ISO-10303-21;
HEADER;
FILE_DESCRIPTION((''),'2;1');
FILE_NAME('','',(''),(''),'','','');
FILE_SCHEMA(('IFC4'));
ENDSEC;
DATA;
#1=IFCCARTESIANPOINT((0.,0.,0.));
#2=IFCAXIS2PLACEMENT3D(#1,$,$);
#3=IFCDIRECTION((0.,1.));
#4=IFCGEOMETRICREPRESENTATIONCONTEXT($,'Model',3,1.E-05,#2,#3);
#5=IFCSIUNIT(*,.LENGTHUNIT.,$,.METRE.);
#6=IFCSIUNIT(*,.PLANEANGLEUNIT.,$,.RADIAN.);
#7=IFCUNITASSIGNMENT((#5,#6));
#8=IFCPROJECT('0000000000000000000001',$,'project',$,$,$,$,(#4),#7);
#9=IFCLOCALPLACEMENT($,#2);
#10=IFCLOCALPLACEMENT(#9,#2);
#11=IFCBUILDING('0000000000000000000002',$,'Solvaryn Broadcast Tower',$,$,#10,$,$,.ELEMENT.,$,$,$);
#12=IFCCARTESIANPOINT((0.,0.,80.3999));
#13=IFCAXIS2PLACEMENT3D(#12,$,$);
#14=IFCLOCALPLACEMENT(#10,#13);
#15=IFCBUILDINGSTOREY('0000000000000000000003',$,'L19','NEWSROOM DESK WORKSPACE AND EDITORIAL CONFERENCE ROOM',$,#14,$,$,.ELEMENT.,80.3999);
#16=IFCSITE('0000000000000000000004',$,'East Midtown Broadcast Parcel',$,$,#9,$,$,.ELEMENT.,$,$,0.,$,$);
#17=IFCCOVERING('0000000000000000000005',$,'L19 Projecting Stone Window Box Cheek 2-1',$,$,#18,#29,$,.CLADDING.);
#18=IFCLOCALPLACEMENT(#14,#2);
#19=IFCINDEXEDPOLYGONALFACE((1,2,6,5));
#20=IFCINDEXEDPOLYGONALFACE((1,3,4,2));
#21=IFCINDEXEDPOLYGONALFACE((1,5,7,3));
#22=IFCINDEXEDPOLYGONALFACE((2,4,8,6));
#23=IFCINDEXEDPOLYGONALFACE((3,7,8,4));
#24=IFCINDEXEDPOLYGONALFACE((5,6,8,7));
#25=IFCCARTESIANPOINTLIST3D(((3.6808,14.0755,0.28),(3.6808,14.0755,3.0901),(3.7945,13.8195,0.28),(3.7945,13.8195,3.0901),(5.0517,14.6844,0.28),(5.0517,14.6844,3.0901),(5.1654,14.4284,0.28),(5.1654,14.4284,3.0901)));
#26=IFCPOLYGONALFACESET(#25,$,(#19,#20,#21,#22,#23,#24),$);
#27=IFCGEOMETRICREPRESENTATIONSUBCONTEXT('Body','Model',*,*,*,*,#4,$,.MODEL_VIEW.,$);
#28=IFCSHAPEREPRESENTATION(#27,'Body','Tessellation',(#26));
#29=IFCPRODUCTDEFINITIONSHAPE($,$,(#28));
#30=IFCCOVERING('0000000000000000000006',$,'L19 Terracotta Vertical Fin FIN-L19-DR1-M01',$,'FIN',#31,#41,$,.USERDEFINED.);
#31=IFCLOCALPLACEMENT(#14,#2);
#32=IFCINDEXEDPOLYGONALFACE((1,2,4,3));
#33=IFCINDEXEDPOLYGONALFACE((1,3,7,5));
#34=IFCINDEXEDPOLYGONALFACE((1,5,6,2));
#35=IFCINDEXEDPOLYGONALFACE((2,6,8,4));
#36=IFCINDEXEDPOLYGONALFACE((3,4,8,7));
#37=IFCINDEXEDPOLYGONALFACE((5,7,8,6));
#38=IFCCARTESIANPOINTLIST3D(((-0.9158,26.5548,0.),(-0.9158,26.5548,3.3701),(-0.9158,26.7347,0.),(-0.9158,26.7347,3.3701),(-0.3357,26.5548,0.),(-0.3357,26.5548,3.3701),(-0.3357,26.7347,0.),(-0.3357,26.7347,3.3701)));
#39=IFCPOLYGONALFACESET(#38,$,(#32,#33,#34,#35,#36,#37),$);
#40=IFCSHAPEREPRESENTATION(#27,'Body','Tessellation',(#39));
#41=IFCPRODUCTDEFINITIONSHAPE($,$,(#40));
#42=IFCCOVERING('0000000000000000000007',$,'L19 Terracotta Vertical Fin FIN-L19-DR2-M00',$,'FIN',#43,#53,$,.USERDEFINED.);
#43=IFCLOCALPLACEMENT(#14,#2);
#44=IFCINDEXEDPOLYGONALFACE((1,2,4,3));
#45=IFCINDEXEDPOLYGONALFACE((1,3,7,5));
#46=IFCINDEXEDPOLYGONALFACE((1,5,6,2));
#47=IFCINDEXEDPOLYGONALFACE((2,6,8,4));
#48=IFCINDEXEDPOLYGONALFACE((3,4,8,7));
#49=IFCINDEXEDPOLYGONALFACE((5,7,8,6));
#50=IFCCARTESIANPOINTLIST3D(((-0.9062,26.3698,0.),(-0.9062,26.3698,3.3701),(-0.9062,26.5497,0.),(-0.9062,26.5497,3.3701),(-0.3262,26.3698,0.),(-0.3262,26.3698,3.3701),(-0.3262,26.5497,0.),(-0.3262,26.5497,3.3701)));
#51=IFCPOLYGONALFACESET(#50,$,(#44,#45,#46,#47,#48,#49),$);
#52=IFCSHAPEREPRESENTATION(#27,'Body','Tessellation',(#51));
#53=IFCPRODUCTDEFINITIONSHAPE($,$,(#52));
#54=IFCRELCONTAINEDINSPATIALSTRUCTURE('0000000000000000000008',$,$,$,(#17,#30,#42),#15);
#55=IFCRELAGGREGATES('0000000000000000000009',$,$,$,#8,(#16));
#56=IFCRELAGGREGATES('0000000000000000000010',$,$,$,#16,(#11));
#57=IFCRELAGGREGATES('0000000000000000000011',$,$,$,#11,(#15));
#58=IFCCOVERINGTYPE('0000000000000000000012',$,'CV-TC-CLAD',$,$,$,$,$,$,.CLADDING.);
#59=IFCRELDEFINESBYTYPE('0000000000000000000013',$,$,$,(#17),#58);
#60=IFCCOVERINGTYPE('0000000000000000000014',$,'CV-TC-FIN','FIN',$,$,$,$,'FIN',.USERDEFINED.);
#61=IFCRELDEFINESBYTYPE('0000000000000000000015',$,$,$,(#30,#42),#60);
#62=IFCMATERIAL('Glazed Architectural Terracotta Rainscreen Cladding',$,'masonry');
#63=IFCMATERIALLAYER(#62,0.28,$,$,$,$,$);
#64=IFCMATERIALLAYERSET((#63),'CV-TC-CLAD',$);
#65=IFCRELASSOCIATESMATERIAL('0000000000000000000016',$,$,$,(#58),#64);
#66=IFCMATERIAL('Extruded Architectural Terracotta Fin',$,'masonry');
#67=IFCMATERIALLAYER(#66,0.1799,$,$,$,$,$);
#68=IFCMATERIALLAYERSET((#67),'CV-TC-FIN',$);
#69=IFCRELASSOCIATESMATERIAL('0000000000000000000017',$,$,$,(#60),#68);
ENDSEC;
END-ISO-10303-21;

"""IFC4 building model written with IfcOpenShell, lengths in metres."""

from ifc_helpers import new_model, si_unit, direction, frame, origin, origin_2d, place, context, subcontext, project, spatial, rectangle, extrude, material, layer, layer_set, type_object, element, save


model = new_model("IFC4")

# Units and contexts
model_context = context("Model", 3, precision=1e-05, world=origin(), true_north=direction((0.0, 1.0)))
body_context = subcontext(model_context, "Body", "Model", "MODEL_VIEW")
ifc_project = project(units=[si_unit("LENGTHUNIT", "METRE"), si_unit("PLANEANGLEUNIT", "RADIAN")], contexts=[model_context])

# Site, building, storey
site_placement = place(None, origin())
site = spatial("IfcSite", under=ifc_project, at=site_placement, Name="East Midtown Broadcast Parcel", CompositionType="ELEMENT", RefElevation=0.0)
building_placement = place(site_placement, origin())
building = spatial("IfcBuilding", under=site, at=building_placement, Name="Solvaryn Broadcast Tower", CompositionType="ELEMENT")
storey_placement = place(building_placement, frame((0.0, 0.0, 80.3999)))
storey = spatial("IfcBuildingStorey", under=building, at=storey_placement, Name="L19", Description="NEWSROOM DESK WORKSPACE AND EDITORIAL CONFERENCE ROOM", CompositionType="ELEMENT", Elevation=80.3999)

# Coverings
ifc_material_1 = material(Name="Glazed Architectural Terracotta Rainscreen Cladding", Category="masonry")
ifc_layer_1 = layer(ifc_material_1, 0.28)
ifc_layer_set_1 = layer_set([ifc_layer_1], Name="CV-TC-CLAD")
covering_type_1 = type_object("IfcCoveringType", Name="CV-TC-CLAD", PredefinedType="CLADDING", material=ifc_layer_set_1)
covering_1_placement = place(storey_placement, frame((4.4231, 14.252, 0.28), z_axis=(0.0, 0.0, 1.0), x_axis=(0.405939, -0.9139, 0.0)))
element("IfcCovering", 1, at=covering_1_placement, inside=storey, type_object=covering_type_1, Name="L19 Projecting Stone Window Box Cheek 2-1", PredefinedType="CLADDING", context=body_context, shape_type="SweptSolid", body=[
    extrude(rectangle(XDim=0.28, YDim=1.5, at=origin_2d()), origin(), (0.0, 0.0, 1.0), 2.8101),
])
ifc_material_2 = material(Name="Extruded Architectural Terracotta Fin", Category="masonry")
ifc_layer_2 = layer(ifc_material_2, 0.1799)
ifc_layer_set_2 = layer_set([ifc_layer_2], Name="CV-TC-FIN")
covering_type_2 = type_object("IfcCoveringType", Name="CV-TC-FIN", Description="FIN", ElementType="FIN", PredefinedType="USERDEFINED", material=ifc_layer_set_2)
for number, where, z_axis, x_axis, name in (
    (2, (-0.6257, 26.6448, 0.0), (0.0, 0.0, 1.0), (1.0, 0.0, 0.0), "L19 Terracotta Vertical Fin FIN-L19-DR1-M01"),
    (3, (-0.6162, 26.4597, 0.0), (0.0, 0.0, 1.0), (1.0, 0.0, 0.0), "L19 Terracotta Vertical Fin FIN-L19-DR2-M00"),
):
    element("IfcCovering", number, at=place(storey_placement, frame(where, z_axis=z_axis, x_axis=x_axis)), inside=storey, type_object=covering_type_2, Name=name, ObjectType="FIN", PredefinedType="USERDEFINED", context=body_context, shape_type="SweptSolid", body=[
        extrude(rectangle(XDim=0.5801, YDim=0.1799, at=origin_2d()), origin(), (0.0, 0.0, 1.0), 3.3701),
    ])

save(model, "model.ifc")
